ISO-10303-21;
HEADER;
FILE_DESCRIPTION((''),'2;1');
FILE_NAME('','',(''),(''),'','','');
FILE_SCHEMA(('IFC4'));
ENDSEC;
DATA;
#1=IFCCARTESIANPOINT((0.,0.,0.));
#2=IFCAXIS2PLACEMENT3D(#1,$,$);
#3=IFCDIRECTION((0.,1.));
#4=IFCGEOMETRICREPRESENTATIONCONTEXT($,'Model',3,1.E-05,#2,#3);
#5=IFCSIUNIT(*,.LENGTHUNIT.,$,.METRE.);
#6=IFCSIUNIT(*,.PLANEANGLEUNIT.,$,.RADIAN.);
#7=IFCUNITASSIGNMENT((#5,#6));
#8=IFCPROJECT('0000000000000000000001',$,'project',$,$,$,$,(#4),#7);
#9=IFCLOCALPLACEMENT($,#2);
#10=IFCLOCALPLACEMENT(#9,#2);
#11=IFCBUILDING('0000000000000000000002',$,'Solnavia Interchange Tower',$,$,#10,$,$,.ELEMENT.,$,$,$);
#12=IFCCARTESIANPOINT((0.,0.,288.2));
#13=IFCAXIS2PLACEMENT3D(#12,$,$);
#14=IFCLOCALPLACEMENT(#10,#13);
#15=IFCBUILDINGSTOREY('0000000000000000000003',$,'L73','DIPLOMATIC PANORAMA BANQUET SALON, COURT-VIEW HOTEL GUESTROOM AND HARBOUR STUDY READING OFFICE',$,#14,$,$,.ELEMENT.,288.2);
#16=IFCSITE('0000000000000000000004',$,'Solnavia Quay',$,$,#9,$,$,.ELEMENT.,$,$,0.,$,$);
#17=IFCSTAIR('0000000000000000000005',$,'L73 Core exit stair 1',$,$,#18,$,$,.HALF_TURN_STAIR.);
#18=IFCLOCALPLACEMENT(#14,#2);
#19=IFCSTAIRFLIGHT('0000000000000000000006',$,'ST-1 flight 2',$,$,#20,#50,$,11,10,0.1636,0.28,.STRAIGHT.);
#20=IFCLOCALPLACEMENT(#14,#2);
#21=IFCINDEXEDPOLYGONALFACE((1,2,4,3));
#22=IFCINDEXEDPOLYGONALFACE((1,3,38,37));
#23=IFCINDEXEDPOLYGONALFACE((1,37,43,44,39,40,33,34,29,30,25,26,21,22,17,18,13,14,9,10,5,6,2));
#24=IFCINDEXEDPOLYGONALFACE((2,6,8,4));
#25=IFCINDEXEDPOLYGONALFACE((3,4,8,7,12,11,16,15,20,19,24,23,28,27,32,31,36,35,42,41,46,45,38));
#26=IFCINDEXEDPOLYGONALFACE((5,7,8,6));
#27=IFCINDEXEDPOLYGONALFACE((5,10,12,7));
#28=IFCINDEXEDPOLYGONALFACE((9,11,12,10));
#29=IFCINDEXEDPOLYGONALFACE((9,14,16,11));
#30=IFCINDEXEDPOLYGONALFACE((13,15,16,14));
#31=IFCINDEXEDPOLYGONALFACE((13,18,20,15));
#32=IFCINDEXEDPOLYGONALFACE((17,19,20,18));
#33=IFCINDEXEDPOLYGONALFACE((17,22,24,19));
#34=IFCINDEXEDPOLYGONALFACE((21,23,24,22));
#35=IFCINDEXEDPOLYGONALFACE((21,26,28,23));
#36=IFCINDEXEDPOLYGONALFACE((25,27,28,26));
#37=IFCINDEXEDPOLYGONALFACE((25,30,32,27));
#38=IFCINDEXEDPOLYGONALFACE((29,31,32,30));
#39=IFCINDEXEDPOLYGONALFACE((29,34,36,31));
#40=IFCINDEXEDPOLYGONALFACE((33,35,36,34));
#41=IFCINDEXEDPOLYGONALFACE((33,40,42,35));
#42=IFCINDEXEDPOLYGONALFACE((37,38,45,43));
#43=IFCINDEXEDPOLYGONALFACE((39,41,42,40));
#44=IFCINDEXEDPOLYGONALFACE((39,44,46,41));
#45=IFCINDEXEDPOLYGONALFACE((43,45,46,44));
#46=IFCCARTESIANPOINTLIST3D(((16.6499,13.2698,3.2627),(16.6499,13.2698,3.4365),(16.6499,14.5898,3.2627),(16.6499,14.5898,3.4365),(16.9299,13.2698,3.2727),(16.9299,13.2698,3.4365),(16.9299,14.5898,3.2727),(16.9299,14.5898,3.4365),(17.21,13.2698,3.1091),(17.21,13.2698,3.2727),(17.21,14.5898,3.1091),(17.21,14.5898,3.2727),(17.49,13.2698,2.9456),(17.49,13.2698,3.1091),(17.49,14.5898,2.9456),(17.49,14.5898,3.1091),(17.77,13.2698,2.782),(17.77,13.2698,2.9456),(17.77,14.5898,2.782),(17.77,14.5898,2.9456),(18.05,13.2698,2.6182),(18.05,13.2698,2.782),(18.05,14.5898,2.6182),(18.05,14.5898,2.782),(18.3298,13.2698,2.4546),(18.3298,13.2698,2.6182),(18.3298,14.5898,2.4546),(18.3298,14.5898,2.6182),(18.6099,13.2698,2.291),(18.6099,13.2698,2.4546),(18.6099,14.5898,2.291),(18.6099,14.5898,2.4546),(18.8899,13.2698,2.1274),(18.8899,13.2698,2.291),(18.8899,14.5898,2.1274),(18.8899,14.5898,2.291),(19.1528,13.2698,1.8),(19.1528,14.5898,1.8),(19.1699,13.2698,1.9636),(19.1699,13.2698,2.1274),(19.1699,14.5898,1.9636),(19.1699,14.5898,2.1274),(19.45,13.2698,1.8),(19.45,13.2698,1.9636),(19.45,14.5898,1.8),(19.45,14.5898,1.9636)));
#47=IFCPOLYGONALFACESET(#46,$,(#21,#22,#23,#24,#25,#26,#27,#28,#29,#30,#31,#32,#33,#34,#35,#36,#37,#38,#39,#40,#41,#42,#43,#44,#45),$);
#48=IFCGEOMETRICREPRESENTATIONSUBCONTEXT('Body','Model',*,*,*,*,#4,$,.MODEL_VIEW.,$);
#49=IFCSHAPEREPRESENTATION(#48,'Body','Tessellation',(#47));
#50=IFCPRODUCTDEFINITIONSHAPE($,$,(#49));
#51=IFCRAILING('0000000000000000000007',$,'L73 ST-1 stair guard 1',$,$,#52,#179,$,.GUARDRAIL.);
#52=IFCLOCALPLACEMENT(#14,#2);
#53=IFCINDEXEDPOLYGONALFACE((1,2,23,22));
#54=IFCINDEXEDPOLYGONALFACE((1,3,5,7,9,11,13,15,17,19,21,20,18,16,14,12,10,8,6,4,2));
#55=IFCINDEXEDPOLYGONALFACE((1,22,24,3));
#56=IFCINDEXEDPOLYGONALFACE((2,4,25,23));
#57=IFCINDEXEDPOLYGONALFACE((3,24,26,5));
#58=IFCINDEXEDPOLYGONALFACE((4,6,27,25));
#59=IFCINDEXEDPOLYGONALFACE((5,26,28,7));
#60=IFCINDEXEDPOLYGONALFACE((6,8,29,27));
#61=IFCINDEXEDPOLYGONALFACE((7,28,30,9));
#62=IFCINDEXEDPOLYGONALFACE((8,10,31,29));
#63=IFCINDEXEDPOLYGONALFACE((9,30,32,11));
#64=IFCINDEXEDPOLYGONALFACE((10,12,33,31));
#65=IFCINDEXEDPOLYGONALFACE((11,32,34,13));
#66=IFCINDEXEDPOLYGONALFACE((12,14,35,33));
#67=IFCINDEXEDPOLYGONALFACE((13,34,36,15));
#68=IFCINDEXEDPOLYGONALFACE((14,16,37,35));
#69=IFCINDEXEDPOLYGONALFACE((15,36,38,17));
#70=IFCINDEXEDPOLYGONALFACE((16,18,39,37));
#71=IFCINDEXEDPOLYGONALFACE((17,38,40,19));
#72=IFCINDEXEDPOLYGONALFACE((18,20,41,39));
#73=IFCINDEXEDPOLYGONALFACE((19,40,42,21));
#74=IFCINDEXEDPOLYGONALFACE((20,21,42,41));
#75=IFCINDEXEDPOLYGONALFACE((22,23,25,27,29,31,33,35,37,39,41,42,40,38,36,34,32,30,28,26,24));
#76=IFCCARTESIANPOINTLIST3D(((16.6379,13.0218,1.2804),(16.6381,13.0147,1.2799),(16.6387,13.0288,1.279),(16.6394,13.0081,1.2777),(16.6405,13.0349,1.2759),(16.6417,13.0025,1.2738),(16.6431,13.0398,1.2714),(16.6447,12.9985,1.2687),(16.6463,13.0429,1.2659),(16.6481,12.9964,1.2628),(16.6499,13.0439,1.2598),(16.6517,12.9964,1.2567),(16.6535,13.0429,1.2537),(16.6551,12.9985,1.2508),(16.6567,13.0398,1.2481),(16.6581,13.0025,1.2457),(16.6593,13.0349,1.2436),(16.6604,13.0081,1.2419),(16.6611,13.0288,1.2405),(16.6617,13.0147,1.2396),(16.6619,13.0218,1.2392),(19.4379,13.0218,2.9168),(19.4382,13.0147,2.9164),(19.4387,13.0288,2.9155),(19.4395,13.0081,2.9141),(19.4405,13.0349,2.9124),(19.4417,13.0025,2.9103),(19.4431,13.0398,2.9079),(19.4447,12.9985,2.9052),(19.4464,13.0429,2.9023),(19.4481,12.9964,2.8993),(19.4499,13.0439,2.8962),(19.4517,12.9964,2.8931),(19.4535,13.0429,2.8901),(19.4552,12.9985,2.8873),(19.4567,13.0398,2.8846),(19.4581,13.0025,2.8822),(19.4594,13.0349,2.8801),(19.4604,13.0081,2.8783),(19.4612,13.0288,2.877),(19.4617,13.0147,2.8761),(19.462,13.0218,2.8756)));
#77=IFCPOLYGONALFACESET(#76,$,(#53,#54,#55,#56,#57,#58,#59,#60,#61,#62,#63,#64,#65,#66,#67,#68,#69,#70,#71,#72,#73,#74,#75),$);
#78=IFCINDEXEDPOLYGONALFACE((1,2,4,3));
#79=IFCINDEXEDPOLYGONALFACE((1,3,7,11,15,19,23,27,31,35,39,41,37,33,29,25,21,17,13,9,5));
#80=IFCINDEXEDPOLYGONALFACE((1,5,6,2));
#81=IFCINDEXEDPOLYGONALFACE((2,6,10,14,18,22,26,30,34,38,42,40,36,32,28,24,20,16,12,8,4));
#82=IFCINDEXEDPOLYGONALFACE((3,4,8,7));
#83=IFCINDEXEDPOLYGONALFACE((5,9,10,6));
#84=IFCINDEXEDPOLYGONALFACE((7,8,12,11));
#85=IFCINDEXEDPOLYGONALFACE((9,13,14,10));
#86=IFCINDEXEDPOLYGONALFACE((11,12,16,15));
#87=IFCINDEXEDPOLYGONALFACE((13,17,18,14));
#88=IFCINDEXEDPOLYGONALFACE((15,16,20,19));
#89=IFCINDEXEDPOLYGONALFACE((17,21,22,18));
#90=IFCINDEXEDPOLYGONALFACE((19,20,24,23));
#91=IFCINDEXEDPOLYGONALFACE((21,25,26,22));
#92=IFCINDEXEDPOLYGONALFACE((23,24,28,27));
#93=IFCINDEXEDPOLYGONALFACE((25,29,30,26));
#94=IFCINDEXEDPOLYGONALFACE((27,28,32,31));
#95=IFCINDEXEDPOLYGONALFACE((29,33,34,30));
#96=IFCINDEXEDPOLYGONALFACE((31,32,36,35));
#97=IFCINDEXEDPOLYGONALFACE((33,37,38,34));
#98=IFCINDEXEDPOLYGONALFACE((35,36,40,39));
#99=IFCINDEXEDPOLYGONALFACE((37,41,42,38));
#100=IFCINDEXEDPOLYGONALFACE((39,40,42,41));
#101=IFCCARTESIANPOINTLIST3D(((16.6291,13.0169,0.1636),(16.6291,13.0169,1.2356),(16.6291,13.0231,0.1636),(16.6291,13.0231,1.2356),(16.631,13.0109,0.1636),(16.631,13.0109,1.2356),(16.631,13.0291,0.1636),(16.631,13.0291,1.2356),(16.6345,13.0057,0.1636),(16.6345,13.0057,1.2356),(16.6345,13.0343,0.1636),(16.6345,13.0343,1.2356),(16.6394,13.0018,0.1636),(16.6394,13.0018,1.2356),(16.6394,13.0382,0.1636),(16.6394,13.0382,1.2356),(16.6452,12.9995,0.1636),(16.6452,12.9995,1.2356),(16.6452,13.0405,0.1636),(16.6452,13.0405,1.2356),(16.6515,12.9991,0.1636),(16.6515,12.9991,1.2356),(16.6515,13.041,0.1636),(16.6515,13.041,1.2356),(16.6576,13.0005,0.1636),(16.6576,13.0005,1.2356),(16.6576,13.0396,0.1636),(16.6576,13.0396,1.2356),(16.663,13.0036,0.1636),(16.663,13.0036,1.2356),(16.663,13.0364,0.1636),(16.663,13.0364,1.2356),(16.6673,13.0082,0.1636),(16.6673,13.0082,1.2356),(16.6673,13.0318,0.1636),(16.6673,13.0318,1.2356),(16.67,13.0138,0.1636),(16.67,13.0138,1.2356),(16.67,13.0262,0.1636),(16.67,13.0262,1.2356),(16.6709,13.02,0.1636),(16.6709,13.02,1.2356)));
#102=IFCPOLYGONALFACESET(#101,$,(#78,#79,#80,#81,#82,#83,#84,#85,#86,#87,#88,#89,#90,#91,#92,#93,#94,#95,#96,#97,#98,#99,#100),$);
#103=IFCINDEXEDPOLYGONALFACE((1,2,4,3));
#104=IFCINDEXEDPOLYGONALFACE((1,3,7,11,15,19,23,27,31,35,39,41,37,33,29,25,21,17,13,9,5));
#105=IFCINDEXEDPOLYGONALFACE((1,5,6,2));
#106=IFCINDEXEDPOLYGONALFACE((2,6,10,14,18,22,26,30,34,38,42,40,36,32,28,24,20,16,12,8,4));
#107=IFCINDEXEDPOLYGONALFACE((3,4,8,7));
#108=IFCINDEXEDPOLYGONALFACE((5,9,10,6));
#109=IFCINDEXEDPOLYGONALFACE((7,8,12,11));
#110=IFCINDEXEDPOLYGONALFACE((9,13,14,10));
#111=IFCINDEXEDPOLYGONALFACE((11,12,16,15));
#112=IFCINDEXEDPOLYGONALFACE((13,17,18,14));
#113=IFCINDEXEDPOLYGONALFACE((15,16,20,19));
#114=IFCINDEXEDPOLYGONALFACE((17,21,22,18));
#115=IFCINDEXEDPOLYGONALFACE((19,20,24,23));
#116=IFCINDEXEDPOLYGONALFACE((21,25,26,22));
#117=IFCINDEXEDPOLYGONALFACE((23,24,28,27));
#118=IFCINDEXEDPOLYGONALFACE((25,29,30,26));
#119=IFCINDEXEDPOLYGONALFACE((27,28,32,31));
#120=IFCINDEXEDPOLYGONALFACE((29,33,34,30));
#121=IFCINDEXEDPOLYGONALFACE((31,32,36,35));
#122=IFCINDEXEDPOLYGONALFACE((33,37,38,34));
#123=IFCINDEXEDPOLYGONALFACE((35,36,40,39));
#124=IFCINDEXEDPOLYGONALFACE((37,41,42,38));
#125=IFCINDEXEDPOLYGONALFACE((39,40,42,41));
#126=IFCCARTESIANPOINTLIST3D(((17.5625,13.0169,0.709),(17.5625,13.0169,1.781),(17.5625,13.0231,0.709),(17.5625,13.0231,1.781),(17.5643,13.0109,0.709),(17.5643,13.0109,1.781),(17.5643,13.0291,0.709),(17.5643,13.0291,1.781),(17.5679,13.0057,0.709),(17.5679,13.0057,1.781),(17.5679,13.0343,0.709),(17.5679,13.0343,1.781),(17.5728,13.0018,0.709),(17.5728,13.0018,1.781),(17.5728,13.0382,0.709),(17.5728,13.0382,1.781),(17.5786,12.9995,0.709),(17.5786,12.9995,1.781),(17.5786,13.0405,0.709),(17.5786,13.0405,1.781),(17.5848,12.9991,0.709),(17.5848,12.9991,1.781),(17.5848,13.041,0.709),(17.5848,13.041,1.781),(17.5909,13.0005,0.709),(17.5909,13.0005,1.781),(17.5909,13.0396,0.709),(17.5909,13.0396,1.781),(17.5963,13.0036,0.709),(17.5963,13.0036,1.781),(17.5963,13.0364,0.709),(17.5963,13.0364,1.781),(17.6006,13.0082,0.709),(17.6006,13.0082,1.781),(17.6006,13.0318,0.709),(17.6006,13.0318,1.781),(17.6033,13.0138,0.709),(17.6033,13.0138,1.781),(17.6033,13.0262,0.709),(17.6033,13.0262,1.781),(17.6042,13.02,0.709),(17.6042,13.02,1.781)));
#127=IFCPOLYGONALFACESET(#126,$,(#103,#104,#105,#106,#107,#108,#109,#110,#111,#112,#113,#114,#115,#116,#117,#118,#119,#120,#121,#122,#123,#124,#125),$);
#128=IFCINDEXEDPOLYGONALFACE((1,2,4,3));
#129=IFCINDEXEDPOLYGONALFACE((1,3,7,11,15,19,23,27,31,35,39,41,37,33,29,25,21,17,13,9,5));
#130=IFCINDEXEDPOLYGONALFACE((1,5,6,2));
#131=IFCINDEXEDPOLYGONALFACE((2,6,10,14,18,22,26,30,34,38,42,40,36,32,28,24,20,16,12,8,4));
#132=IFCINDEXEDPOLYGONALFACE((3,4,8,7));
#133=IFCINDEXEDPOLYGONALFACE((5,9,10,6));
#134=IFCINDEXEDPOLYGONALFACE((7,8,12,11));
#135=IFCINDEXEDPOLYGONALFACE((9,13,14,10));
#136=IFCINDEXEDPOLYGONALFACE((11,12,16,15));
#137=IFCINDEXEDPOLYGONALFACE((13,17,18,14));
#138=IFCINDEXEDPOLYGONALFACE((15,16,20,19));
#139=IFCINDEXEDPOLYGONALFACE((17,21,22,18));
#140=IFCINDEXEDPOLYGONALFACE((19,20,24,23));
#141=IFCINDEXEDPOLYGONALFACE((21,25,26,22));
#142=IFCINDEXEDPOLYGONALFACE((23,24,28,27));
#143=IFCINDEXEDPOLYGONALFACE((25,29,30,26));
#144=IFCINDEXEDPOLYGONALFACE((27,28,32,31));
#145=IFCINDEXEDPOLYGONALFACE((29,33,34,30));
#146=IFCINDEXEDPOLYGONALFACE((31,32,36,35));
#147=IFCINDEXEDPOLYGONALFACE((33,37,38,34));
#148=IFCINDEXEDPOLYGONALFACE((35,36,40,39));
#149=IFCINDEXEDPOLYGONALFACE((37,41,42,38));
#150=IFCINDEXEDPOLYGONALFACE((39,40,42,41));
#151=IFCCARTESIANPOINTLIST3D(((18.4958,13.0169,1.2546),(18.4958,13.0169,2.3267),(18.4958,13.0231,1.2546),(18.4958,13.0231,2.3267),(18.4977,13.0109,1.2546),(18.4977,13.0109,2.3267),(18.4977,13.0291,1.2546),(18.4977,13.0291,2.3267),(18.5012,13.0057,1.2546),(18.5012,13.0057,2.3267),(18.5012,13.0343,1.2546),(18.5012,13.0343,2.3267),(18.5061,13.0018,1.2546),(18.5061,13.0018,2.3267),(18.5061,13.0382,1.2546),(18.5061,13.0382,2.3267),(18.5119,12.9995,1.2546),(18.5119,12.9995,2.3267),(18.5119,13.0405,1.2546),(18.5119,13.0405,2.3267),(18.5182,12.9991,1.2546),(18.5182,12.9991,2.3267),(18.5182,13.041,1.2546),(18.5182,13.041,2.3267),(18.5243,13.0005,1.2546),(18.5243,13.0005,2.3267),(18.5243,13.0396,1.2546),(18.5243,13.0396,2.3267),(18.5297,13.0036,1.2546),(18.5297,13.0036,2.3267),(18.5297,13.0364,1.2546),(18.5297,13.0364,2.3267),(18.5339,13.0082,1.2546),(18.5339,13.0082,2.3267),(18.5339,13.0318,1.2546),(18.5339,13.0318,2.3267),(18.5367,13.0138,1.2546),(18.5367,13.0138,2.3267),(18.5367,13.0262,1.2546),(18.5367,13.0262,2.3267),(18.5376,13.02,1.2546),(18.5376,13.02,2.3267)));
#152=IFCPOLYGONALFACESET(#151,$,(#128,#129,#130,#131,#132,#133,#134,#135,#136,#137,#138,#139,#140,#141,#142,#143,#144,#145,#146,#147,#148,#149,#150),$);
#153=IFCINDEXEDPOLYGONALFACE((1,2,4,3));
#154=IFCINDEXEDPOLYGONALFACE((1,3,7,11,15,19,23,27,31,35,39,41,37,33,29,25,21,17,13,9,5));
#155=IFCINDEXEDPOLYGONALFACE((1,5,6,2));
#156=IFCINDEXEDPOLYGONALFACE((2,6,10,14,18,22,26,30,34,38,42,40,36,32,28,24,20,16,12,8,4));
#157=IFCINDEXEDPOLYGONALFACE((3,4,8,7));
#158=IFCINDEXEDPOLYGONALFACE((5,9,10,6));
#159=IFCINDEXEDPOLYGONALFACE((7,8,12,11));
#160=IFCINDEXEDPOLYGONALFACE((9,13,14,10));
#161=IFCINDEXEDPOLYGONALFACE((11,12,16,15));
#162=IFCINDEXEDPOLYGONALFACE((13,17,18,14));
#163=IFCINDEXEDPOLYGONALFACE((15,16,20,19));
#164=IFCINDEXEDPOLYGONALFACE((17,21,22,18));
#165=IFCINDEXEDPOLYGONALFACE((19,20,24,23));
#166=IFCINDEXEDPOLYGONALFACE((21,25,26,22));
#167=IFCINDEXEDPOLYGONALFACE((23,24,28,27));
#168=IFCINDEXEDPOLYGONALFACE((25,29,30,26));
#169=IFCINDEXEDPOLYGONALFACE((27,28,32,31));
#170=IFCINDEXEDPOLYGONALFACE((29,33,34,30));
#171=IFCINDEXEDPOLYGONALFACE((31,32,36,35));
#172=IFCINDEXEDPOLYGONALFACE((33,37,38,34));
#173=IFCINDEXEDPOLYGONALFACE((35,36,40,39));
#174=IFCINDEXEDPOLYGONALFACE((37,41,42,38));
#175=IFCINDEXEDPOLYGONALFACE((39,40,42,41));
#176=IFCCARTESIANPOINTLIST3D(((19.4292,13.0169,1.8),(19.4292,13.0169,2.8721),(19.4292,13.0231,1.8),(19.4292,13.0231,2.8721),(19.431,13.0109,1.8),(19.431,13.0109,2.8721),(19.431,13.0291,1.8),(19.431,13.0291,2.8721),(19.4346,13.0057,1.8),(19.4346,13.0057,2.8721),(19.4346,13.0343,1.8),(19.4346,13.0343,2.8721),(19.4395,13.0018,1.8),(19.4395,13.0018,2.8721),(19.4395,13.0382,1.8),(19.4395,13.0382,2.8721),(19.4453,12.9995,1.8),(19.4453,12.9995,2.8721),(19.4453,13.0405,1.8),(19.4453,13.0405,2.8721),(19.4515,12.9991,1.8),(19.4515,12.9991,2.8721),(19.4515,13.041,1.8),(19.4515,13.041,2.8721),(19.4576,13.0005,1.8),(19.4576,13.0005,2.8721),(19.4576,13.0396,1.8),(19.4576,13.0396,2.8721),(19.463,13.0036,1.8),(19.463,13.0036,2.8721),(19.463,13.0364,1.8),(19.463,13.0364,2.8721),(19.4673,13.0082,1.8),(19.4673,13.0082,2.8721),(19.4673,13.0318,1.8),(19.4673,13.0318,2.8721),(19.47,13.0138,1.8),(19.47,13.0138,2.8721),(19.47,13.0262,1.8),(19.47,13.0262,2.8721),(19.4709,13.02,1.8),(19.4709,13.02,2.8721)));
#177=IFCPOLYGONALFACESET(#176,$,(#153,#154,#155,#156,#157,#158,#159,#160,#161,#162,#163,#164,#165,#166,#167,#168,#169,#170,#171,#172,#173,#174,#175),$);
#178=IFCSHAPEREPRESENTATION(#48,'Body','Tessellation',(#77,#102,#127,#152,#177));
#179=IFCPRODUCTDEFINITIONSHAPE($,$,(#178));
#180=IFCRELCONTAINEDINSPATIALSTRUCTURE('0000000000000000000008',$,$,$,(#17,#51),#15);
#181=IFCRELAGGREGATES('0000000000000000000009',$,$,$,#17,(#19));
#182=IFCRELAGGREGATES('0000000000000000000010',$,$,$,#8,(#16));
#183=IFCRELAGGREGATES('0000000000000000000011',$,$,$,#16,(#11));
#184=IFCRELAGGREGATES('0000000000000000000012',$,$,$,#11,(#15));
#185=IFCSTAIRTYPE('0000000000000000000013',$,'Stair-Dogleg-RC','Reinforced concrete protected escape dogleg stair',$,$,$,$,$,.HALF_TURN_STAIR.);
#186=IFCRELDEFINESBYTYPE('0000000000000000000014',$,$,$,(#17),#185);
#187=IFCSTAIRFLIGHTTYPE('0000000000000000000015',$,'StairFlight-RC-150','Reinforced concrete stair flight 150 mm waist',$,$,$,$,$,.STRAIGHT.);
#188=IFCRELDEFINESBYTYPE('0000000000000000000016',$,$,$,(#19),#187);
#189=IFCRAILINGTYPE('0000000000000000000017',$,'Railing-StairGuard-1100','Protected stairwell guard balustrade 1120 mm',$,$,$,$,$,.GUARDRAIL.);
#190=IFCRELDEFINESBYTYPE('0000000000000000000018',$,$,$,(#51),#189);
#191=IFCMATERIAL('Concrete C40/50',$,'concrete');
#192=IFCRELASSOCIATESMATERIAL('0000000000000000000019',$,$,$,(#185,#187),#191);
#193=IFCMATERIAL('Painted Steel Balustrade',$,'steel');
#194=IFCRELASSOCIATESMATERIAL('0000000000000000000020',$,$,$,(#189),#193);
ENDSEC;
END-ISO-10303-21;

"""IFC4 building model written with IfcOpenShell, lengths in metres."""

from ifc_helpers import new_model, si_unit, direction, frame, origin, origin_2d, place, context, subcontext, project, spatial, polyline, circle, outline, extrude, material, type_object, element, aggregate, save


model = new_model("IFC4")

# Units and contexts
model_context = context("Model", 3, precision=1e-05, world=origin(), true_north=direction((0.0, 1.0)))
body_context = subcontext(model_context, "Body", "Model", "MODEL_VIEW")
ifc_project = project(units=[si_unit("LENGTHUNIT", "METRE"), si_unit("PLANEANGLEUNIT", "RADIAN")], contexts=[model_context])

# Site, building, storey
site_placement = place(None, origin())
site = spatial("IfcSite", under=ifc_project, at=site_placement, Name="Solnavia Quay", CompositionType="ELEMENT", RefElevation=0.0)
building_placement = place(site_placement, origin())
building = spatial("IfcBuilding", under=site, at=building_placement, Name="Solnavia Interchange Tower", CompositionType="ELEMENT")
storey_placement = place(building_placement, frame((0.0, 0.0, 288.2)))
storey = spatial("IfcBuildingStorey", under=building, at=storey_placement, Name="L73", Description="DIPLOMATIC PANORAMA BANQUET SALON, COURT-VIEW HOTEL GUESTROOM AND HARBOUR STUDY READING OFFICE", CompositionType="ELEMENT", Elevation=288.2)

# Shared definitions
ifc_material_1 = material(Name="Concrete C40/50", Category="concrete")

# Stair, stair flight
stair_type = type_object("IfcStairType", Name="Stair-Dogleg-RC", Description="Reinforced concrete protected escape dogleg stair", PredefinedType="HALF_TURN_STAIR", material=ifc_material_1)
stair_placement = place(storey_placement, origin())
stair = element("IfcStair", 1, at=stair_placement, inside=storey, type_object=stair_type, Name="L73 Core exit stair 1", PredefinedType="HALF_TURN_STAIR")
stair_flight_type = type_object("IfcStairFlightType", Name="StairFlight-RC-150", Description="Reinforced concrete stair flight 150 mm waist", PredefinedType="STRAIGHT", material=ifc_material_1)
stair_flight_1_placement = place(storey_placement, frame((19.45, 13.9299, 1.8), z_axis=(0.0, 0.0, 1.0), x_axis=(-1.0, 0.0, 0.0)))
stair_flight_1 = element("IfcStairFlight", 2, at=stair_flight_1_placement, type_object=stair_flight_type, Name="ST-1 flight 2", NumberOfRisers=11, NumberOfTreads=10, PredefinedType="STRAIGHT", RiserHeight=0.1636, TreadLength=0.28, context=body_context, shape_type="SweptSolid", body=[
    extrude(outline(polyline([(0.0, 0.0), (0.0, 0.1636), (0.28, 0.1636), (0.28, 0.3274), (0.5601, 0.3274), (0.5601, 0.491), (0.8401, 0.491), (0.8401, 0.6545), (1.1201, 0.6545), (1.1201, 0.8181), (1.3999, 0.8181), (1.3999, 0.9819), (1.6799, 0.9819), (1.6799, 1.1455), (1.96, 1.1455), (1.96, 1.3091), (2.24, 1.3091), (2.24, 1.4727), (2.52, 1.4727), (2.52, 1.6365), (2.8, 1.6365), (2.8, 1.8), (2.8, 1.4626), (0.2971, 0.0), (0.0, 0.0)])), frame((0.0, 0.6602, 0.0), z_axis=(0.0, -1.0, 0.0), x_axis=(1.0, 0.0, 0.0)), (0.0, 0.0, 1.0), 1.3201),
])
aggregate(stair, [stair_flight_1])

# Railing
ifc_material_2 = material(Name="Painted Steel Balustrade", Category="steel")
railing_type_1 = type_object("IfcRailingType", Name="Railing-StairGuard-1100", Description="Protected stairwell guard balustrade 1120 mm", PredefinedType="GUARDRAIL", material=ifc_material_2)
railing_1_placement = place(storey_placement, frame((16.6499, 13.02, 0.1636)))
element("IfcRailing", 3, at=railing_1_placement, inside=storey, type_object=railing_type_1, Name="L73 ST-1 stair guard 1", PredefinedType="GUARDRAIL", context=body_context, shape_type="SweptSolid", body=[
    extrude(circle(Radius=0.0239, at=origin_2d()), frame((0.0, 0.0, 1.0962), z_axis=(0.863361, 0.0, 0.504587), x_axis=(0.0, 1.0, 0.0)), (0.0, 0.0, 1.0), 3.2432),
    extrude(circle(Radius=0.021, at=origin_2d()), origin(), (0.0, 0.0, 1.0), 1.072),
    extrude(circle(Radius=0.021, at=origin_2d()), frame((0.9333, 0.0, 0.5454)), (0.0, 0.0, 1.0), 1.072),
    extrude(circle(Radius=0.021, at=origin_2d()), frame((1.8667, 0.0, 1.0911)), (0.0, 0.0, 1.0), 1.072),
    extrude(circle(Radius=0.021, at=origin_2d()), frame((2.8, 0.0, 1.6365)), (0.0, 0.0, 1.0), 1.072),
])

save(model, "model.ifc")
